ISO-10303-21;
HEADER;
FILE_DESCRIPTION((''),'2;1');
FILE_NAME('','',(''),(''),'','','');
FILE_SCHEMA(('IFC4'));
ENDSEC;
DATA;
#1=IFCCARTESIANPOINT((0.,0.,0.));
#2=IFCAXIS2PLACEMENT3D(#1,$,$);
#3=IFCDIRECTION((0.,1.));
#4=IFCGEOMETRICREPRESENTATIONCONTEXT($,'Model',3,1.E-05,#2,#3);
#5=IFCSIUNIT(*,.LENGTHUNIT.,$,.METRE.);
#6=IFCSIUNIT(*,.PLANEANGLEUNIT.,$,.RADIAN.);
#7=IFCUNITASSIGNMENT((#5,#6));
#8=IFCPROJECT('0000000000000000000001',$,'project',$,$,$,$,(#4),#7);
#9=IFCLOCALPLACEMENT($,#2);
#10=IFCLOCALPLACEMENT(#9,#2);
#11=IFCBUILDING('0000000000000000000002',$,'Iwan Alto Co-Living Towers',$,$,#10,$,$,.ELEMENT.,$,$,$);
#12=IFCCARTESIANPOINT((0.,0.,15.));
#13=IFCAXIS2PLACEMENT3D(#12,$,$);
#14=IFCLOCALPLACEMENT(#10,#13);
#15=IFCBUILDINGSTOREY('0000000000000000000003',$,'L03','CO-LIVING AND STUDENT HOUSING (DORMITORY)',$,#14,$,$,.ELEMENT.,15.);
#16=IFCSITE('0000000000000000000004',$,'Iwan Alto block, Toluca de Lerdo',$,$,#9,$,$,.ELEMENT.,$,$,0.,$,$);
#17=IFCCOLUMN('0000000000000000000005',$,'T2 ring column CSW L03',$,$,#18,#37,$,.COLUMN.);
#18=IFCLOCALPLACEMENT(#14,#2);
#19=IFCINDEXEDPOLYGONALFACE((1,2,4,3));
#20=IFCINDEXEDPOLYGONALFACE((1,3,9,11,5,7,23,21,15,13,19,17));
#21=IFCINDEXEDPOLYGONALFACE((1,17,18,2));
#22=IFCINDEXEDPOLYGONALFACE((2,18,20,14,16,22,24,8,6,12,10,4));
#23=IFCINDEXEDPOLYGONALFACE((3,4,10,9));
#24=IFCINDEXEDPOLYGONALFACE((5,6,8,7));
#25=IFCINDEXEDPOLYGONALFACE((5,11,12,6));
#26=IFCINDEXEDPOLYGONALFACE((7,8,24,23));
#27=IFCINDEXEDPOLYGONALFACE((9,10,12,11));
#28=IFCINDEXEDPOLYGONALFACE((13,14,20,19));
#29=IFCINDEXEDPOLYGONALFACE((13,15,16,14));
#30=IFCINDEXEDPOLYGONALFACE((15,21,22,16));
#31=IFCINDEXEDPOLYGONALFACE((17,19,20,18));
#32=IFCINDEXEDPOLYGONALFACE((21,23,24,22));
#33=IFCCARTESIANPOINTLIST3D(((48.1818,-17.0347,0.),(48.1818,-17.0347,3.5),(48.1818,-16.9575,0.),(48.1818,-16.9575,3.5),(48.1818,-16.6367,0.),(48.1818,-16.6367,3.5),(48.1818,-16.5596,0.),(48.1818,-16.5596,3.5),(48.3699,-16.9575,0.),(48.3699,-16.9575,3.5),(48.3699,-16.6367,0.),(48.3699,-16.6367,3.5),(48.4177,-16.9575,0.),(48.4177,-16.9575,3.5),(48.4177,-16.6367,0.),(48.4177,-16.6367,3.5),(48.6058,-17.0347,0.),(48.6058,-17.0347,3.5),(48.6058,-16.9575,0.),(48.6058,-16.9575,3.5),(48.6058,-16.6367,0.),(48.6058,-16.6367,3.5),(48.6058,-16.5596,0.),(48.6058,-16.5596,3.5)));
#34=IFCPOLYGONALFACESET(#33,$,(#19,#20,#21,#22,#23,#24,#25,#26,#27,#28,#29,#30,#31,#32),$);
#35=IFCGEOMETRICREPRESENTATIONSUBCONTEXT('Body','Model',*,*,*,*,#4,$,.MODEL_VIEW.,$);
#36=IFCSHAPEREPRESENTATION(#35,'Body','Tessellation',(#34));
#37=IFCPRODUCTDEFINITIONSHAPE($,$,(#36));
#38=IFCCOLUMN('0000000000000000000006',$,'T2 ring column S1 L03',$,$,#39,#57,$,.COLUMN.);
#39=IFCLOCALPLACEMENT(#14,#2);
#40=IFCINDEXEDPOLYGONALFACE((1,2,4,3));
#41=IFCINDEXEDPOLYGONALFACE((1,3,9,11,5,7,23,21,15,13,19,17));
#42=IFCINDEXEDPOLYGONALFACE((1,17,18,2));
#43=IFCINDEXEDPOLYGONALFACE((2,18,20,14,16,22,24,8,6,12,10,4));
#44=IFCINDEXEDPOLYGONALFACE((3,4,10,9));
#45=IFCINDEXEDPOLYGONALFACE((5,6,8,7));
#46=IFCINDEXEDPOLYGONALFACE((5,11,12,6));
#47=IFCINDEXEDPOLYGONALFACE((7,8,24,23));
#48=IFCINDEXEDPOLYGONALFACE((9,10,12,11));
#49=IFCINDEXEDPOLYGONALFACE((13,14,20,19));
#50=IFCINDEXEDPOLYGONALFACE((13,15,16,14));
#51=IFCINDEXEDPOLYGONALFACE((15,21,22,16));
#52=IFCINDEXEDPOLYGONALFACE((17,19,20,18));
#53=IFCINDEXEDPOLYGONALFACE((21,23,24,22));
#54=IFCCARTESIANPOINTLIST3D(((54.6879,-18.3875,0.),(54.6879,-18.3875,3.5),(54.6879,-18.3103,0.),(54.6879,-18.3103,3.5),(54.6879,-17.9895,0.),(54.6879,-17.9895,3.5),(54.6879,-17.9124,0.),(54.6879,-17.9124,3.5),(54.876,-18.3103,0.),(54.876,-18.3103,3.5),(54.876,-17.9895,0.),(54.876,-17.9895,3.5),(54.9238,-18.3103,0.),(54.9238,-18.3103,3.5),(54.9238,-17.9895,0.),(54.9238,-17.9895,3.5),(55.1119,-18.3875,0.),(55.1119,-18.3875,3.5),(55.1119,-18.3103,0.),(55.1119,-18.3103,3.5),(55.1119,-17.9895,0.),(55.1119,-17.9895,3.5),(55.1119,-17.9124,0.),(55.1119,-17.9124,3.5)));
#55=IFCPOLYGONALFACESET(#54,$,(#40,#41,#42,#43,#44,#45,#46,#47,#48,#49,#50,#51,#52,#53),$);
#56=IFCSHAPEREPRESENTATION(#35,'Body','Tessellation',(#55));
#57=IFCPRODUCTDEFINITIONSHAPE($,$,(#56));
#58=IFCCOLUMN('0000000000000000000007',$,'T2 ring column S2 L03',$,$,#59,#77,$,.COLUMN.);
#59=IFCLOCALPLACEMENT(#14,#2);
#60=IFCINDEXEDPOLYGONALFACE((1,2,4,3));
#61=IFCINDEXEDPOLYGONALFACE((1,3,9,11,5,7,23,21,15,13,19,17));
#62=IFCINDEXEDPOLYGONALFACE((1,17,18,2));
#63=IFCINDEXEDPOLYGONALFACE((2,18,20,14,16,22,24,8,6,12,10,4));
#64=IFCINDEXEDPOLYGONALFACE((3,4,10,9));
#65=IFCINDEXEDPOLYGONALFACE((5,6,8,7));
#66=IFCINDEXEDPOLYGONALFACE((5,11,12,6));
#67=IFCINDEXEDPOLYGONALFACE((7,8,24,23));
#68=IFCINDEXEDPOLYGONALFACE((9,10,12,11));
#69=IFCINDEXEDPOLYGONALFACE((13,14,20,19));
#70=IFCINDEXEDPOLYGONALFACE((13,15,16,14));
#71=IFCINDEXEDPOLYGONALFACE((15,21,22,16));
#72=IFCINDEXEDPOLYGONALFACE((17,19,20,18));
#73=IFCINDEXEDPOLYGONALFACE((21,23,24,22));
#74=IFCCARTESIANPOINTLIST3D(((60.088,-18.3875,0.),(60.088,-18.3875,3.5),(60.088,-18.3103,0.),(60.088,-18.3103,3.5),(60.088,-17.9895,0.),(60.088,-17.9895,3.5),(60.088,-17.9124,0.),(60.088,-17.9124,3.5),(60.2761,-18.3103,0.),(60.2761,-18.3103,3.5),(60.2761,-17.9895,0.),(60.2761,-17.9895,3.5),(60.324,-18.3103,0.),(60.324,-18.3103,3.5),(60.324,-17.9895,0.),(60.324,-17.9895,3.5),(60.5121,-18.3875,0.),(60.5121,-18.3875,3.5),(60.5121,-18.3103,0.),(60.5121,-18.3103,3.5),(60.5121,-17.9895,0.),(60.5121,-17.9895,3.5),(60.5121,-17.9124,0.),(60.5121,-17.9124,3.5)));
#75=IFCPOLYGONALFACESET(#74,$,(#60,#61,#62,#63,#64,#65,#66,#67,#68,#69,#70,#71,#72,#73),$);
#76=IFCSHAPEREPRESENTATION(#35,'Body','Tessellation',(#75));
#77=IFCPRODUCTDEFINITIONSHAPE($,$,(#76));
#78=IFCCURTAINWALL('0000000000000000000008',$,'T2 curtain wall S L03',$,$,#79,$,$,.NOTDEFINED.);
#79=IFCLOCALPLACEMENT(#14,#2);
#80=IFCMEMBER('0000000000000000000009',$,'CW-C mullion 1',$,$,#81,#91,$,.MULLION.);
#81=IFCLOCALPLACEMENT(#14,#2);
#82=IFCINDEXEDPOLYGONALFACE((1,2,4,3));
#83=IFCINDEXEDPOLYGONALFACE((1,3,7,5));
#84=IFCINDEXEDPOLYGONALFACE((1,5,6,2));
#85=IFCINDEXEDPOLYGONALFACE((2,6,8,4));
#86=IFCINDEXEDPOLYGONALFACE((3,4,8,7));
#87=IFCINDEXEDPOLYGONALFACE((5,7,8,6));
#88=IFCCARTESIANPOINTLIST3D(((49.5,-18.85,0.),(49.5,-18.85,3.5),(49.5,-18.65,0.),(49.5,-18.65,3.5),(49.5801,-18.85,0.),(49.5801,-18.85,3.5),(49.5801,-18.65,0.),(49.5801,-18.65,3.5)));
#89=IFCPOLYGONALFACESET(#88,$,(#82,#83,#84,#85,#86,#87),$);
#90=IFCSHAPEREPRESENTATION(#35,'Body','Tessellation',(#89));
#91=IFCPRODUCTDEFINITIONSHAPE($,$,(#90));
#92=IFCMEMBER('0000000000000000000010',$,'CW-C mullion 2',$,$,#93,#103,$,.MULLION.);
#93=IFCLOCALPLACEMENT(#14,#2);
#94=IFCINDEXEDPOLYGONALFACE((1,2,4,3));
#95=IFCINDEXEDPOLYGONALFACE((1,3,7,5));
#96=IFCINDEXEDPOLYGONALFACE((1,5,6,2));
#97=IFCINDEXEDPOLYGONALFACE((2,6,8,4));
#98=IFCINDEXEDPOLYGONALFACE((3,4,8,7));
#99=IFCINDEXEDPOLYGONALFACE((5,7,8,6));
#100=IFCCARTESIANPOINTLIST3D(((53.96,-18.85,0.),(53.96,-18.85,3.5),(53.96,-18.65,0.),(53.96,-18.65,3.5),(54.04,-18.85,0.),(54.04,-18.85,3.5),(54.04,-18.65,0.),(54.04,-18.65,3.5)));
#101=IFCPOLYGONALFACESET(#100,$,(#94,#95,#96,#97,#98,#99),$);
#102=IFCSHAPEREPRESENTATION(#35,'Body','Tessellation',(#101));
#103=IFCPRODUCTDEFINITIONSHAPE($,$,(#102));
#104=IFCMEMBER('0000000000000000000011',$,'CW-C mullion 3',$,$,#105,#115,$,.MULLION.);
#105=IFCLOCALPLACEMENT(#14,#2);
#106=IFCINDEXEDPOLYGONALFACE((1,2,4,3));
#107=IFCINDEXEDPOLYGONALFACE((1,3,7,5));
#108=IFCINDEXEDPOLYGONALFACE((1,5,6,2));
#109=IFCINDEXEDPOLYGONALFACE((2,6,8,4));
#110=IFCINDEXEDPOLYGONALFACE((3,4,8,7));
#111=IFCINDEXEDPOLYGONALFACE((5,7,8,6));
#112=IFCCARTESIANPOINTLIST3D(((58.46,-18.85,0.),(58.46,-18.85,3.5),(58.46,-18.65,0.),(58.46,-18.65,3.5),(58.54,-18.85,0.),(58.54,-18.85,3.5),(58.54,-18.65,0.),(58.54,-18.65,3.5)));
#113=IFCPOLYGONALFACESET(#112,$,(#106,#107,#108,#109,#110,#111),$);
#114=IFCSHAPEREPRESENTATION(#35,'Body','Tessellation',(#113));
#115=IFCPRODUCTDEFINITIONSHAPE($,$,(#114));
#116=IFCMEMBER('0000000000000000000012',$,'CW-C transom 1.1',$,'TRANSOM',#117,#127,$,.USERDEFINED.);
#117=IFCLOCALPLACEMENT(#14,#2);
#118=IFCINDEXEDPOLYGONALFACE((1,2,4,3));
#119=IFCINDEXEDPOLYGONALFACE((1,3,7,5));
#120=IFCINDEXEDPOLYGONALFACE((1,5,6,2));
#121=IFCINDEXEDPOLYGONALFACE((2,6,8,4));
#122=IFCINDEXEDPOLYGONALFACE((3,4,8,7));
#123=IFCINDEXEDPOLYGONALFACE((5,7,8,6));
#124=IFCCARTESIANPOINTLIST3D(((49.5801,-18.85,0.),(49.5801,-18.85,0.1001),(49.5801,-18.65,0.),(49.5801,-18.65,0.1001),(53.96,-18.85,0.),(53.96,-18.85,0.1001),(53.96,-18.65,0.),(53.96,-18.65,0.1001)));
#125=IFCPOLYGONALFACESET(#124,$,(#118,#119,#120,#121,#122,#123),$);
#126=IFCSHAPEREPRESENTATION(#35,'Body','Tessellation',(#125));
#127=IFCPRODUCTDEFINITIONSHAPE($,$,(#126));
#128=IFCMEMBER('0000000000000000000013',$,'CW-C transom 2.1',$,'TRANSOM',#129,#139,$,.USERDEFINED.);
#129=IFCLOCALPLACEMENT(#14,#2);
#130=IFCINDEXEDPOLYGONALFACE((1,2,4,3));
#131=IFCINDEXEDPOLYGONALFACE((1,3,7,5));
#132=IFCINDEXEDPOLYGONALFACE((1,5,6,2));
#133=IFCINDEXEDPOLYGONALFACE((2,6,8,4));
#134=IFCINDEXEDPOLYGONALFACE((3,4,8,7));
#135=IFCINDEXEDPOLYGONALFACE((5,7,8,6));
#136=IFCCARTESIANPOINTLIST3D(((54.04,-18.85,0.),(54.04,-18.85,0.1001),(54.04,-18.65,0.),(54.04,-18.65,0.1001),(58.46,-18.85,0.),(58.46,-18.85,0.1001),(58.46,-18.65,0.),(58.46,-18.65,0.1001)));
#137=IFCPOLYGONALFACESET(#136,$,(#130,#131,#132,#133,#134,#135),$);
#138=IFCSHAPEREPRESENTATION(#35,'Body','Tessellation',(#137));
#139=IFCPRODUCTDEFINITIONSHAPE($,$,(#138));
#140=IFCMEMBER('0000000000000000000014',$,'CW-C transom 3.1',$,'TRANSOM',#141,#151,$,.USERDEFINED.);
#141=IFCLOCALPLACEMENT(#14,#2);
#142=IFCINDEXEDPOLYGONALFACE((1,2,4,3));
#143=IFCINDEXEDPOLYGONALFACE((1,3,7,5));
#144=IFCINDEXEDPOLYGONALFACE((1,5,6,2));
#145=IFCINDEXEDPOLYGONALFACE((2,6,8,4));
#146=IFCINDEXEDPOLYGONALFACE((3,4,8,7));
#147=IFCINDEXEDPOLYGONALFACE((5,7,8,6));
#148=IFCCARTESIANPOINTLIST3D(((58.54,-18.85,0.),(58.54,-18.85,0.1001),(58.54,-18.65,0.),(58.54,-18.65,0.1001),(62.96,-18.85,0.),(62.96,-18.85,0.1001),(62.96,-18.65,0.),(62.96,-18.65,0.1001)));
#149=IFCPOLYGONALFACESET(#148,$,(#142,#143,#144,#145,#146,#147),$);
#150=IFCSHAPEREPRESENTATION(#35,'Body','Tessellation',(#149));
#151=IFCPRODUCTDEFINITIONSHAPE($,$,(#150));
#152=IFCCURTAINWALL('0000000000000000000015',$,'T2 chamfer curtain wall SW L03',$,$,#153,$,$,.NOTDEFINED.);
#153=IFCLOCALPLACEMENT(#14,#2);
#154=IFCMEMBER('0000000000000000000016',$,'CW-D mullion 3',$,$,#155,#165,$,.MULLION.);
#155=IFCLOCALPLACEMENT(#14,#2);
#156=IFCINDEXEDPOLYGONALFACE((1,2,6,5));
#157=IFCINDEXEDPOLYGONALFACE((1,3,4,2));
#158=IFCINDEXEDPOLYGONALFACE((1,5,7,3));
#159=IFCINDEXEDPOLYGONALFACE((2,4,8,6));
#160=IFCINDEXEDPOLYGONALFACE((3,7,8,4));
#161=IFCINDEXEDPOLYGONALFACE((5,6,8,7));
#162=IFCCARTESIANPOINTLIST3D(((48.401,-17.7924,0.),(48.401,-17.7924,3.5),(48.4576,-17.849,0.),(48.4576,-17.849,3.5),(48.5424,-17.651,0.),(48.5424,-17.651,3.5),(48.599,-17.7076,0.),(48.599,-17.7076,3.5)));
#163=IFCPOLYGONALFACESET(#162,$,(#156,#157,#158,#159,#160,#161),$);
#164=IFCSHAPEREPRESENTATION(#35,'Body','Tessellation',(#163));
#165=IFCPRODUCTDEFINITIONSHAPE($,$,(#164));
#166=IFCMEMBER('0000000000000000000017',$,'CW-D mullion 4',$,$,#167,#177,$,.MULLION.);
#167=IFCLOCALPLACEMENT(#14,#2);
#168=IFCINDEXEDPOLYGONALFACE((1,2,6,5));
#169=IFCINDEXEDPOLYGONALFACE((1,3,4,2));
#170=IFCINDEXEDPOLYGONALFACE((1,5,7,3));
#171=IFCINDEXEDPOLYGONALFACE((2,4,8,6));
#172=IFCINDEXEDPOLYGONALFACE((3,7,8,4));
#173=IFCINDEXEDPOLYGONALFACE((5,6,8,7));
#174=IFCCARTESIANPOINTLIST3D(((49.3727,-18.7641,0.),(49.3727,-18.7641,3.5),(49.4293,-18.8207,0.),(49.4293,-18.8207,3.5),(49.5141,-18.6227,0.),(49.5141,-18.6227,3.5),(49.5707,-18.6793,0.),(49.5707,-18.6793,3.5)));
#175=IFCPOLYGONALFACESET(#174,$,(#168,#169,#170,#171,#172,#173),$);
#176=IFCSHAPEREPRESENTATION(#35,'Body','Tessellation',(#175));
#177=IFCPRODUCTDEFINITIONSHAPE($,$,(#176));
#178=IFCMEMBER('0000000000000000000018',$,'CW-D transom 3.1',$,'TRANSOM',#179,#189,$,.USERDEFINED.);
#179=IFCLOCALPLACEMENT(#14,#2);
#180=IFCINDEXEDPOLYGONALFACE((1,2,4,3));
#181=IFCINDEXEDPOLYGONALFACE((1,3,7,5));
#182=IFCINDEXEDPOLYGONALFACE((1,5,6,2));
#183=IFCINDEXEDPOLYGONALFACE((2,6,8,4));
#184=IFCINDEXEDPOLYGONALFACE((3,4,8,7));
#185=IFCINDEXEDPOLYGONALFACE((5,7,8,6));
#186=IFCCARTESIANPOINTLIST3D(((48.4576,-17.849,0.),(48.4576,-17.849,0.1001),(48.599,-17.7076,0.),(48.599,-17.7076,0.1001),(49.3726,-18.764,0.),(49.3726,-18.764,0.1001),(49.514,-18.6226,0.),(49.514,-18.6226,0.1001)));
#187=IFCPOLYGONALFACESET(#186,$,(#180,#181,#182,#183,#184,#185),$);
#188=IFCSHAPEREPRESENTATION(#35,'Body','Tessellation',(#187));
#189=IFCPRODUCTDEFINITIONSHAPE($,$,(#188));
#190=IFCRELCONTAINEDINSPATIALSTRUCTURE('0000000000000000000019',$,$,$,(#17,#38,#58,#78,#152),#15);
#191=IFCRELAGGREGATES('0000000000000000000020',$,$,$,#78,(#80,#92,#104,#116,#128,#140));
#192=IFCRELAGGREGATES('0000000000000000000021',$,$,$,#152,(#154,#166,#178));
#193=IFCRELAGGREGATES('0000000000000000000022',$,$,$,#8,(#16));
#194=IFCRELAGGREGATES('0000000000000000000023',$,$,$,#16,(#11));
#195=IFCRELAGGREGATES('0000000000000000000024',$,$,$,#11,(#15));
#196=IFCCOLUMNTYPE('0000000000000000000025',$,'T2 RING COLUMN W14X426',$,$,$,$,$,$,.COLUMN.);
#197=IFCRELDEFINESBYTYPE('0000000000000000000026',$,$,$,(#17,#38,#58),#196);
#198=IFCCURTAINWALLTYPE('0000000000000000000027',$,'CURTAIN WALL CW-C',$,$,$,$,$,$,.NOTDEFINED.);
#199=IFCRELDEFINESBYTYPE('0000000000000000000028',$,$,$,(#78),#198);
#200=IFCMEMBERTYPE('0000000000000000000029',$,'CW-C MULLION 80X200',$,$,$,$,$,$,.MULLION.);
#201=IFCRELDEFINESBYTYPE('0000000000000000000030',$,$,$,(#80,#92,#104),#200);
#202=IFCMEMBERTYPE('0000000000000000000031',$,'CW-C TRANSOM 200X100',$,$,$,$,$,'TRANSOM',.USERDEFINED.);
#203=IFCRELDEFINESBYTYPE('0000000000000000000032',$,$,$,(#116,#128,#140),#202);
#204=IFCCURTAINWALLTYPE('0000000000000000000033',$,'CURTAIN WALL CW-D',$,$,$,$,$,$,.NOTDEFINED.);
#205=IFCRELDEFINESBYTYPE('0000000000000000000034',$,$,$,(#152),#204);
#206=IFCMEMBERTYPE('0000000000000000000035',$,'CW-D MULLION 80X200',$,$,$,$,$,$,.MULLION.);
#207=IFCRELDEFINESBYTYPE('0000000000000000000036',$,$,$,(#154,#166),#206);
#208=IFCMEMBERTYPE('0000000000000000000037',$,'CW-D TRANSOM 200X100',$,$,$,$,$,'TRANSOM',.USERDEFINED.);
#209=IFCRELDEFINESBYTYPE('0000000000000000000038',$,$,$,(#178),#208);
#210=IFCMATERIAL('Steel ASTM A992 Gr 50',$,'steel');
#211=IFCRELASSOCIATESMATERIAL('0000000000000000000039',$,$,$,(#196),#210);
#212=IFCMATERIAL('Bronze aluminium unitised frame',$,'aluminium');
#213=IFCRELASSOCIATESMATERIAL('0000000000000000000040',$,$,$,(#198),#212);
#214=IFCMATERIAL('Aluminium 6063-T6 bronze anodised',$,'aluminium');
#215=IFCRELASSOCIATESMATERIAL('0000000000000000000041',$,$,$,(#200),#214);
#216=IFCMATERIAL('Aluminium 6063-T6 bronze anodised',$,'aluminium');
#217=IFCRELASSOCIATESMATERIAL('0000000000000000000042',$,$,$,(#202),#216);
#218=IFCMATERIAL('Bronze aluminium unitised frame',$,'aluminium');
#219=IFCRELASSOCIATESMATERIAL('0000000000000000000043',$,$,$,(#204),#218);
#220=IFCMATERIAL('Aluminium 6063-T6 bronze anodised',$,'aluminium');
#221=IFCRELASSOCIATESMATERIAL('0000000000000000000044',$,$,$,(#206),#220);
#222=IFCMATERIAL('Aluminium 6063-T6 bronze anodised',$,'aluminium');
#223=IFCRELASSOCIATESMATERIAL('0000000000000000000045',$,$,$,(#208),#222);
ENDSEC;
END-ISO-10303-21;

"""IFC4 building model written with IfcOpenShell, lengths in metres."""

from ifc_helpers import new_model, si_unit, direction, frame, origin, origin_2d, place, context, subcontext, project, spatial, rectangle, i_section, extrude, material, material_profile, profile_set, type_object, element, aggregate, save


model = new_model("IFC4")

# Units and contexts
model_context = context("Model", 3, precision=1e-05, world=origin(), true_north=direction((0.0, 1.0)))
body_context = subcontext(model_context, "Body", "Model", "MODEL_VIEW")
ifc_project = project(units=[si_unit("LENGTHUNIT", "METRE"), si_unit("PLANEANGLEUNIT", "RADIAN")], contexts=[model_context])

# Site, building, storey
site_placement = place(None, origin())
site = spatial("IfcSite", under=ifc_project, at=site_placement, Name="Iwan Alto block, Toluca de Lerdo", CompositionType="ELEMENT", RefElevation=0.0)
building_placement = place(site_placement, origin())
building = spatial("IfcBuilding", under=site, at=building_placement, Name="Iwan Alto Co-Living Towers", CompositionType="ELEMENT")
storey_placement = place(building_placement, frame((0.0, 0.0, 15.0)))
storey = spatial("IfcBuildingStorey", under=building, at=storey_placement, Name="L03", Description="CO-LIVING AND STUDENT HOUSING (DORMITORY)", CompositionType="ELEMENT", Elevation=15.0)

# Columns
ifc_material_1 = material(Name="Steel ASTM A992 Gr 50", Category="steel")
ifc_material_profile_1 = material_profile(ifc_material_1, i_section(OverallWidth=0.4241, OverallDepth=0.4751, WebThickness=0.0479, FlangeThickness=0.0771, at=origin_2d()), Name="W14X426")
ifc_profile_set_1 = profile_set([ifc_material_profile_1], Name="Steel ASTM A992 Gr 50")
column_type = type_object("IfcColumnType", Name="T2 RING COLUMN W14X426", PredefinedType="COLUMN", material=ifc_profile_set_1)
for number, where, z_axis, x_axis, name in (
    (1, (48.3938, -16.7971, 0.0), (0.0, 0.0, 1.0), (1.0, 0.0, 0.0), "T2 ring column CSW L03"),
    (2, (54.8999, -18.1499, 0.0), (0.0, 0.0, 1.0), (1.0, 0.0, 0.0), "T2 ring column S1 L03"),
    (3, (60.3, -18.1499, 0.0), (0.0, 0.0, 1.0), (1.0, 0.0, 0.0), "T2 ring column S2 L03"),
):
    element("IfcColumn", number, at=place(storey_placement, frame(where, z_axis=z_axis, x_axis=x_axis)), inside=storey, type_object=column_type, Name=name, PredefinedType="COLUMN", context=body_context, shape_type="SweptSolid", body=[
        extrude(i_section(OverallWidth=0.4241, OverallDepth=0.4751, WebThickness=0.0479, FlangeThickness=0.0771, at=origin_2d()), origin(), (0.0, 0.0, 1.0), 3.5),
    ])

# Curtain walls, members
ifc_material_2 = material(Name="Bronze aluminium unitised frame", Category="aluminium")
curtain_wall_type_1 = type_object("IfcCurtainWallType", Name="CURTAIN WALL CW-C", PredefinedType="NOTDEFINED", material=ifc_material_2)
curtain_wall_1_placement = place(storey_placement, origin())
curtain_wall_1 = element("IfcCurtainWall", 4, at=curtain_wall_1_placement, inside=storey, type_object=curtain_wall_type_1, Name="T2 curtain wall S L03", PredefinedType="NOTDEFINED")
ifc_material_3 = material(Name="Aluminium 6063-T6 bronze anodised", Category="aluminium")
ifc_material_profile_2 = material_profile(ifc_material_3, rectangle(XDim=0.2, YDim=0.0801, at=origin_2d()), Name="AL 80X200")
ifc_profile_set_2 = profile_set([ifc_material_profile_2], Name="Aluminium 6063-T6 bronze anodised")
member_type_1 = type_object("IfcMemberType", Name="CW-C MULLION 80X200", PredefinedType="MULLION", material=ifc_profile_set_2)
member_1_placement = place(storey_placement, frame((49.54, -18.75, 0.0), z_axis=(0.0, 0.0, 1.0), x_axis=(0.0, 1.0, 0.0)))
member_1 = element("IfcMember", 5, at=member_1_placement, type_object=member_type_1, Name="CW-C mullion 1", PredefinedType="MULLION", context=body_context, shape_type="SweptSolid", body=[
    extrude(rectangle(XDim=0.2, YDim=0.0801, at=origin_2d()), origin(), (0.0, 0.0, 1.0), 3.5),
])
member_2_placement = place(storey_placement, frame((54.0, -18.75, 0.0), z_axis=(0.0, 0.0, 1.0), x_axis=(0.0, 1.0, 0.0)))
member_2 = element("IfcMember", 6, at=member_2_placement, type_object=member_type_1, Name="CW-C mullion 2", PredefinedType="MULLION", context=body_context, shape_type="SweptSolid", body=[
    extrude(rectangle(XDim=0.2, YDim=0.0801, at=origin_2d()), origin(), (0.0, 0.0, 1.0), 3.5),
])
member_3_placement = place(storey_placement, frame((58.5, -18.75, 0.0), z_axis=(0.0, 0.0, 1.0), x_axis=(0.0, 1.0, 0.0)))
member_3 = element("IfcMember", 7, at=member_3_placement, type_object=member_type_1, Name="CW-C mullion 3", PredefinedType="MULLION", context=body_context, shape_type="SweptSolid", body=[
    extrude(rectangle(XDim=0.2, YDim=0.0801, at=origin_2d()), origin(), (0.0, 0.0, 1.0), 3.5),
])
ifc_material_4 = material(Name="Aluminium 6063-T6 bronze anodised", Category="aluminium")
ifc_material_profile_3 = material_profile(ifc_material_4, rectangle(XDim=0.2, YDim=0.1001, at=origin_2d()), Name="AL 200X100")
ifc_profile_set_3 = profile_set([ifc_material_profile_3], Name="Aluminium 6063-T6 bronze anodised")
member_type_2 = type_object("IfcMemberType", Name="CW-C TRANSOM 200X100", ElementType="TRANSOM", PredefinedType="USERDEFINED", material=ifc_profile_set_3)
member_4_placement = place(storey_placement, frame((49.5801, -18.75, 0.05), z_axis=(1.0, 0.0, 0.0), x_axis=(0.0, 1.0, 0.0)))
member_4 = element("IfcMember", 8, at=member_4_placement, type_object=member_type_2, Name="CW-C transom 1.1", ObjectType="TRANSOM", PredefinedType="USERDEFINED", context=body_context, shape_type="SweptSolid", body=[
    extrude(rectangle(XDim=0.2, YDim=0.1001, at=origin_2d()), origin(), (0.0, 0.0, 1.0), 4.3799),
])
member_5_placement = place(storey_placement, frame((54.04, -18.75, 0.05), z_axis=(1.0, 0.0, 0.0), x_axis=(0.0, 1.0, 0.0)))
member_5 = element("IfcMember", 9, at=member_5_placement, type_object=member_type_2, Name="CW-C transom 2.1", ObjectType="TRANSOM", PredefinedType="USERDEFINED", context=body_context, shape_type="SweptSolid", body=[
    extrude(rectangle(XDim=0.2, YDim=0.1001, at=origin_2d()), origin(), (0.0, 0.0, 1.0), 4.4199),
])
member_6_placement = place(storey_placement, frame((58.54, -18.75, 0.05), z_axis=(1.0, 0.0, 0.0), x_axis=(0.0, 1.0, 0.0)))
member_6 = element("IfcMember", 10, at=member_6_placement, type_object=member_type_2, Name="CW-C transom 3.1", ObjectType="TRANSOM", PredefinedType="USERDEFINED", context=body_context, shape_type="SweptSolid", body=[
    extrude(rectangle(XDim=0.2, YDim=0.1001, at=origin_2d()), origin(), (0.0, 0.0, 1.0), 4.4199),
])
ifc_material_5 = material(Name="Bronze aluminium unitised frame", Category="aluminium")
curtain_wall_type_2 = type_object("IfcCurtainWallType", Name="CURTAIN WALL CW-D", PredefinedType="NOTDEFINED", material=ifc_material_5)
curtain_wall_2_placement = place(storey_placement, origin())
curtain_wall_2 = element("IfcCurtainWall", 11, at=curtain_wall_2_placement, inside=storey, type_object=curtain_wall_type_2, Name="T2 chamfer curtain wall SW L03", PredefinedType="NOTDEFINED")
ifc_material_6 = material(Name="Aluminium 6063-T6 bronze anodised", Category="aluminium")
ifc_material_profile_4 = material_profile(ifc_material_6, rectangle(XDim=0.2, YDim=0.0801, at=origin_2d()), Name="AL 80X200")
ifc_profile_set_4 = profile_set([ifc_material_profile_4], Name="Aluminium 6063-T6 bronze anodised")
member_type_3 = type_object("IfcMemberType", Name="CW-D MULLION 80X200", PredefinedType="MULLION", material=ifc_profile_set_4)
member_7_placement = place(storey_placement, frame((48.5, -17.75, 0.0), z_axis=(0.0, 0.0, 1.0), x_axis=(0.707107, 0.707107, 0.0)))
member_7 = element("IfcMember", 12, at=member_7_placement, type_object=member_type_3, Name="CW-D mullion 3", PredefinedType="MULLION", context=body_context, shape_type="SweptSolid", body=[
    extrude(rectangle(XDim=0.2, YDim=0.0801, at=origin_2d()), origin(), (0.0, 0.0, 1.0), 3.5),
])
member_8_placement = place(storey_placement, frame((49.4717, -18.7217, 0.0), z_axis=(0.0, 0.0, 1.0), x_axis=(0.707107, 0.707107, 0.0)))
member_8 = element("IfcMember", 13, at=member_8_placement, type_object=member_type_3, Name="CW-D mullion 4", PredefinedType="MULLION", context=body_context, shape_type="SweptSolid", body=[
    extrude(rectangle(XDim=0.2, YDim=0.0801, at=origin_2d()), origin(), (0.0, 0.0, 1.0), 3.5),
])
ifc_material_7 = material(Name="Aluminium 6063-T6 bronze anodised", Category="aluminium")
ifc_material_profile_5 = material_profile(ifc_material_7, rectangle(XDim=0.2, YDim=0.1001, at=origin_2d()), Name="AL 200X100")
ifc_profile_set_5 = profile_set([ifc_material_profile_5], Name="Aluminium 6063-T6 bronze anodised")
member_type_4 = type_object("IfcMemberType", Name="CW-D TRANSOM 200X100", ElementType="TRANSOM", PredefinedType="USERDEFINED", material=ifc_profile_set_5)
member_9_placement = place(storey_placement, frame((48.5283, -17.7783, 0.05), z_axis=(0.707107, -0.707107, 0.0), x_axis=(0.707107, 0.707107, 0.0)))
member_9 = element("IfcMember", 14, at=member_9_placement, type_object=member_type_4, Name="CW-D transom 3.1", ObjectType="TRANSOM", PredefinedType="USERDEFINED", context=body_context, shape_type="SweptSolid", body=[
    extrude(rectangle(XDim=0.2, YDim=0.1001, at=origin_2d()), origin(), (0.0, 0.0, 1.0), 1.2939),
])

aggregate(curtain_wall_1, [member_1, member_2, member_3, member_4, member_5, member_6])
aggregate(curtain_wall_2, [member_7, member_8, member_9])

save(model, "model.ifc")
